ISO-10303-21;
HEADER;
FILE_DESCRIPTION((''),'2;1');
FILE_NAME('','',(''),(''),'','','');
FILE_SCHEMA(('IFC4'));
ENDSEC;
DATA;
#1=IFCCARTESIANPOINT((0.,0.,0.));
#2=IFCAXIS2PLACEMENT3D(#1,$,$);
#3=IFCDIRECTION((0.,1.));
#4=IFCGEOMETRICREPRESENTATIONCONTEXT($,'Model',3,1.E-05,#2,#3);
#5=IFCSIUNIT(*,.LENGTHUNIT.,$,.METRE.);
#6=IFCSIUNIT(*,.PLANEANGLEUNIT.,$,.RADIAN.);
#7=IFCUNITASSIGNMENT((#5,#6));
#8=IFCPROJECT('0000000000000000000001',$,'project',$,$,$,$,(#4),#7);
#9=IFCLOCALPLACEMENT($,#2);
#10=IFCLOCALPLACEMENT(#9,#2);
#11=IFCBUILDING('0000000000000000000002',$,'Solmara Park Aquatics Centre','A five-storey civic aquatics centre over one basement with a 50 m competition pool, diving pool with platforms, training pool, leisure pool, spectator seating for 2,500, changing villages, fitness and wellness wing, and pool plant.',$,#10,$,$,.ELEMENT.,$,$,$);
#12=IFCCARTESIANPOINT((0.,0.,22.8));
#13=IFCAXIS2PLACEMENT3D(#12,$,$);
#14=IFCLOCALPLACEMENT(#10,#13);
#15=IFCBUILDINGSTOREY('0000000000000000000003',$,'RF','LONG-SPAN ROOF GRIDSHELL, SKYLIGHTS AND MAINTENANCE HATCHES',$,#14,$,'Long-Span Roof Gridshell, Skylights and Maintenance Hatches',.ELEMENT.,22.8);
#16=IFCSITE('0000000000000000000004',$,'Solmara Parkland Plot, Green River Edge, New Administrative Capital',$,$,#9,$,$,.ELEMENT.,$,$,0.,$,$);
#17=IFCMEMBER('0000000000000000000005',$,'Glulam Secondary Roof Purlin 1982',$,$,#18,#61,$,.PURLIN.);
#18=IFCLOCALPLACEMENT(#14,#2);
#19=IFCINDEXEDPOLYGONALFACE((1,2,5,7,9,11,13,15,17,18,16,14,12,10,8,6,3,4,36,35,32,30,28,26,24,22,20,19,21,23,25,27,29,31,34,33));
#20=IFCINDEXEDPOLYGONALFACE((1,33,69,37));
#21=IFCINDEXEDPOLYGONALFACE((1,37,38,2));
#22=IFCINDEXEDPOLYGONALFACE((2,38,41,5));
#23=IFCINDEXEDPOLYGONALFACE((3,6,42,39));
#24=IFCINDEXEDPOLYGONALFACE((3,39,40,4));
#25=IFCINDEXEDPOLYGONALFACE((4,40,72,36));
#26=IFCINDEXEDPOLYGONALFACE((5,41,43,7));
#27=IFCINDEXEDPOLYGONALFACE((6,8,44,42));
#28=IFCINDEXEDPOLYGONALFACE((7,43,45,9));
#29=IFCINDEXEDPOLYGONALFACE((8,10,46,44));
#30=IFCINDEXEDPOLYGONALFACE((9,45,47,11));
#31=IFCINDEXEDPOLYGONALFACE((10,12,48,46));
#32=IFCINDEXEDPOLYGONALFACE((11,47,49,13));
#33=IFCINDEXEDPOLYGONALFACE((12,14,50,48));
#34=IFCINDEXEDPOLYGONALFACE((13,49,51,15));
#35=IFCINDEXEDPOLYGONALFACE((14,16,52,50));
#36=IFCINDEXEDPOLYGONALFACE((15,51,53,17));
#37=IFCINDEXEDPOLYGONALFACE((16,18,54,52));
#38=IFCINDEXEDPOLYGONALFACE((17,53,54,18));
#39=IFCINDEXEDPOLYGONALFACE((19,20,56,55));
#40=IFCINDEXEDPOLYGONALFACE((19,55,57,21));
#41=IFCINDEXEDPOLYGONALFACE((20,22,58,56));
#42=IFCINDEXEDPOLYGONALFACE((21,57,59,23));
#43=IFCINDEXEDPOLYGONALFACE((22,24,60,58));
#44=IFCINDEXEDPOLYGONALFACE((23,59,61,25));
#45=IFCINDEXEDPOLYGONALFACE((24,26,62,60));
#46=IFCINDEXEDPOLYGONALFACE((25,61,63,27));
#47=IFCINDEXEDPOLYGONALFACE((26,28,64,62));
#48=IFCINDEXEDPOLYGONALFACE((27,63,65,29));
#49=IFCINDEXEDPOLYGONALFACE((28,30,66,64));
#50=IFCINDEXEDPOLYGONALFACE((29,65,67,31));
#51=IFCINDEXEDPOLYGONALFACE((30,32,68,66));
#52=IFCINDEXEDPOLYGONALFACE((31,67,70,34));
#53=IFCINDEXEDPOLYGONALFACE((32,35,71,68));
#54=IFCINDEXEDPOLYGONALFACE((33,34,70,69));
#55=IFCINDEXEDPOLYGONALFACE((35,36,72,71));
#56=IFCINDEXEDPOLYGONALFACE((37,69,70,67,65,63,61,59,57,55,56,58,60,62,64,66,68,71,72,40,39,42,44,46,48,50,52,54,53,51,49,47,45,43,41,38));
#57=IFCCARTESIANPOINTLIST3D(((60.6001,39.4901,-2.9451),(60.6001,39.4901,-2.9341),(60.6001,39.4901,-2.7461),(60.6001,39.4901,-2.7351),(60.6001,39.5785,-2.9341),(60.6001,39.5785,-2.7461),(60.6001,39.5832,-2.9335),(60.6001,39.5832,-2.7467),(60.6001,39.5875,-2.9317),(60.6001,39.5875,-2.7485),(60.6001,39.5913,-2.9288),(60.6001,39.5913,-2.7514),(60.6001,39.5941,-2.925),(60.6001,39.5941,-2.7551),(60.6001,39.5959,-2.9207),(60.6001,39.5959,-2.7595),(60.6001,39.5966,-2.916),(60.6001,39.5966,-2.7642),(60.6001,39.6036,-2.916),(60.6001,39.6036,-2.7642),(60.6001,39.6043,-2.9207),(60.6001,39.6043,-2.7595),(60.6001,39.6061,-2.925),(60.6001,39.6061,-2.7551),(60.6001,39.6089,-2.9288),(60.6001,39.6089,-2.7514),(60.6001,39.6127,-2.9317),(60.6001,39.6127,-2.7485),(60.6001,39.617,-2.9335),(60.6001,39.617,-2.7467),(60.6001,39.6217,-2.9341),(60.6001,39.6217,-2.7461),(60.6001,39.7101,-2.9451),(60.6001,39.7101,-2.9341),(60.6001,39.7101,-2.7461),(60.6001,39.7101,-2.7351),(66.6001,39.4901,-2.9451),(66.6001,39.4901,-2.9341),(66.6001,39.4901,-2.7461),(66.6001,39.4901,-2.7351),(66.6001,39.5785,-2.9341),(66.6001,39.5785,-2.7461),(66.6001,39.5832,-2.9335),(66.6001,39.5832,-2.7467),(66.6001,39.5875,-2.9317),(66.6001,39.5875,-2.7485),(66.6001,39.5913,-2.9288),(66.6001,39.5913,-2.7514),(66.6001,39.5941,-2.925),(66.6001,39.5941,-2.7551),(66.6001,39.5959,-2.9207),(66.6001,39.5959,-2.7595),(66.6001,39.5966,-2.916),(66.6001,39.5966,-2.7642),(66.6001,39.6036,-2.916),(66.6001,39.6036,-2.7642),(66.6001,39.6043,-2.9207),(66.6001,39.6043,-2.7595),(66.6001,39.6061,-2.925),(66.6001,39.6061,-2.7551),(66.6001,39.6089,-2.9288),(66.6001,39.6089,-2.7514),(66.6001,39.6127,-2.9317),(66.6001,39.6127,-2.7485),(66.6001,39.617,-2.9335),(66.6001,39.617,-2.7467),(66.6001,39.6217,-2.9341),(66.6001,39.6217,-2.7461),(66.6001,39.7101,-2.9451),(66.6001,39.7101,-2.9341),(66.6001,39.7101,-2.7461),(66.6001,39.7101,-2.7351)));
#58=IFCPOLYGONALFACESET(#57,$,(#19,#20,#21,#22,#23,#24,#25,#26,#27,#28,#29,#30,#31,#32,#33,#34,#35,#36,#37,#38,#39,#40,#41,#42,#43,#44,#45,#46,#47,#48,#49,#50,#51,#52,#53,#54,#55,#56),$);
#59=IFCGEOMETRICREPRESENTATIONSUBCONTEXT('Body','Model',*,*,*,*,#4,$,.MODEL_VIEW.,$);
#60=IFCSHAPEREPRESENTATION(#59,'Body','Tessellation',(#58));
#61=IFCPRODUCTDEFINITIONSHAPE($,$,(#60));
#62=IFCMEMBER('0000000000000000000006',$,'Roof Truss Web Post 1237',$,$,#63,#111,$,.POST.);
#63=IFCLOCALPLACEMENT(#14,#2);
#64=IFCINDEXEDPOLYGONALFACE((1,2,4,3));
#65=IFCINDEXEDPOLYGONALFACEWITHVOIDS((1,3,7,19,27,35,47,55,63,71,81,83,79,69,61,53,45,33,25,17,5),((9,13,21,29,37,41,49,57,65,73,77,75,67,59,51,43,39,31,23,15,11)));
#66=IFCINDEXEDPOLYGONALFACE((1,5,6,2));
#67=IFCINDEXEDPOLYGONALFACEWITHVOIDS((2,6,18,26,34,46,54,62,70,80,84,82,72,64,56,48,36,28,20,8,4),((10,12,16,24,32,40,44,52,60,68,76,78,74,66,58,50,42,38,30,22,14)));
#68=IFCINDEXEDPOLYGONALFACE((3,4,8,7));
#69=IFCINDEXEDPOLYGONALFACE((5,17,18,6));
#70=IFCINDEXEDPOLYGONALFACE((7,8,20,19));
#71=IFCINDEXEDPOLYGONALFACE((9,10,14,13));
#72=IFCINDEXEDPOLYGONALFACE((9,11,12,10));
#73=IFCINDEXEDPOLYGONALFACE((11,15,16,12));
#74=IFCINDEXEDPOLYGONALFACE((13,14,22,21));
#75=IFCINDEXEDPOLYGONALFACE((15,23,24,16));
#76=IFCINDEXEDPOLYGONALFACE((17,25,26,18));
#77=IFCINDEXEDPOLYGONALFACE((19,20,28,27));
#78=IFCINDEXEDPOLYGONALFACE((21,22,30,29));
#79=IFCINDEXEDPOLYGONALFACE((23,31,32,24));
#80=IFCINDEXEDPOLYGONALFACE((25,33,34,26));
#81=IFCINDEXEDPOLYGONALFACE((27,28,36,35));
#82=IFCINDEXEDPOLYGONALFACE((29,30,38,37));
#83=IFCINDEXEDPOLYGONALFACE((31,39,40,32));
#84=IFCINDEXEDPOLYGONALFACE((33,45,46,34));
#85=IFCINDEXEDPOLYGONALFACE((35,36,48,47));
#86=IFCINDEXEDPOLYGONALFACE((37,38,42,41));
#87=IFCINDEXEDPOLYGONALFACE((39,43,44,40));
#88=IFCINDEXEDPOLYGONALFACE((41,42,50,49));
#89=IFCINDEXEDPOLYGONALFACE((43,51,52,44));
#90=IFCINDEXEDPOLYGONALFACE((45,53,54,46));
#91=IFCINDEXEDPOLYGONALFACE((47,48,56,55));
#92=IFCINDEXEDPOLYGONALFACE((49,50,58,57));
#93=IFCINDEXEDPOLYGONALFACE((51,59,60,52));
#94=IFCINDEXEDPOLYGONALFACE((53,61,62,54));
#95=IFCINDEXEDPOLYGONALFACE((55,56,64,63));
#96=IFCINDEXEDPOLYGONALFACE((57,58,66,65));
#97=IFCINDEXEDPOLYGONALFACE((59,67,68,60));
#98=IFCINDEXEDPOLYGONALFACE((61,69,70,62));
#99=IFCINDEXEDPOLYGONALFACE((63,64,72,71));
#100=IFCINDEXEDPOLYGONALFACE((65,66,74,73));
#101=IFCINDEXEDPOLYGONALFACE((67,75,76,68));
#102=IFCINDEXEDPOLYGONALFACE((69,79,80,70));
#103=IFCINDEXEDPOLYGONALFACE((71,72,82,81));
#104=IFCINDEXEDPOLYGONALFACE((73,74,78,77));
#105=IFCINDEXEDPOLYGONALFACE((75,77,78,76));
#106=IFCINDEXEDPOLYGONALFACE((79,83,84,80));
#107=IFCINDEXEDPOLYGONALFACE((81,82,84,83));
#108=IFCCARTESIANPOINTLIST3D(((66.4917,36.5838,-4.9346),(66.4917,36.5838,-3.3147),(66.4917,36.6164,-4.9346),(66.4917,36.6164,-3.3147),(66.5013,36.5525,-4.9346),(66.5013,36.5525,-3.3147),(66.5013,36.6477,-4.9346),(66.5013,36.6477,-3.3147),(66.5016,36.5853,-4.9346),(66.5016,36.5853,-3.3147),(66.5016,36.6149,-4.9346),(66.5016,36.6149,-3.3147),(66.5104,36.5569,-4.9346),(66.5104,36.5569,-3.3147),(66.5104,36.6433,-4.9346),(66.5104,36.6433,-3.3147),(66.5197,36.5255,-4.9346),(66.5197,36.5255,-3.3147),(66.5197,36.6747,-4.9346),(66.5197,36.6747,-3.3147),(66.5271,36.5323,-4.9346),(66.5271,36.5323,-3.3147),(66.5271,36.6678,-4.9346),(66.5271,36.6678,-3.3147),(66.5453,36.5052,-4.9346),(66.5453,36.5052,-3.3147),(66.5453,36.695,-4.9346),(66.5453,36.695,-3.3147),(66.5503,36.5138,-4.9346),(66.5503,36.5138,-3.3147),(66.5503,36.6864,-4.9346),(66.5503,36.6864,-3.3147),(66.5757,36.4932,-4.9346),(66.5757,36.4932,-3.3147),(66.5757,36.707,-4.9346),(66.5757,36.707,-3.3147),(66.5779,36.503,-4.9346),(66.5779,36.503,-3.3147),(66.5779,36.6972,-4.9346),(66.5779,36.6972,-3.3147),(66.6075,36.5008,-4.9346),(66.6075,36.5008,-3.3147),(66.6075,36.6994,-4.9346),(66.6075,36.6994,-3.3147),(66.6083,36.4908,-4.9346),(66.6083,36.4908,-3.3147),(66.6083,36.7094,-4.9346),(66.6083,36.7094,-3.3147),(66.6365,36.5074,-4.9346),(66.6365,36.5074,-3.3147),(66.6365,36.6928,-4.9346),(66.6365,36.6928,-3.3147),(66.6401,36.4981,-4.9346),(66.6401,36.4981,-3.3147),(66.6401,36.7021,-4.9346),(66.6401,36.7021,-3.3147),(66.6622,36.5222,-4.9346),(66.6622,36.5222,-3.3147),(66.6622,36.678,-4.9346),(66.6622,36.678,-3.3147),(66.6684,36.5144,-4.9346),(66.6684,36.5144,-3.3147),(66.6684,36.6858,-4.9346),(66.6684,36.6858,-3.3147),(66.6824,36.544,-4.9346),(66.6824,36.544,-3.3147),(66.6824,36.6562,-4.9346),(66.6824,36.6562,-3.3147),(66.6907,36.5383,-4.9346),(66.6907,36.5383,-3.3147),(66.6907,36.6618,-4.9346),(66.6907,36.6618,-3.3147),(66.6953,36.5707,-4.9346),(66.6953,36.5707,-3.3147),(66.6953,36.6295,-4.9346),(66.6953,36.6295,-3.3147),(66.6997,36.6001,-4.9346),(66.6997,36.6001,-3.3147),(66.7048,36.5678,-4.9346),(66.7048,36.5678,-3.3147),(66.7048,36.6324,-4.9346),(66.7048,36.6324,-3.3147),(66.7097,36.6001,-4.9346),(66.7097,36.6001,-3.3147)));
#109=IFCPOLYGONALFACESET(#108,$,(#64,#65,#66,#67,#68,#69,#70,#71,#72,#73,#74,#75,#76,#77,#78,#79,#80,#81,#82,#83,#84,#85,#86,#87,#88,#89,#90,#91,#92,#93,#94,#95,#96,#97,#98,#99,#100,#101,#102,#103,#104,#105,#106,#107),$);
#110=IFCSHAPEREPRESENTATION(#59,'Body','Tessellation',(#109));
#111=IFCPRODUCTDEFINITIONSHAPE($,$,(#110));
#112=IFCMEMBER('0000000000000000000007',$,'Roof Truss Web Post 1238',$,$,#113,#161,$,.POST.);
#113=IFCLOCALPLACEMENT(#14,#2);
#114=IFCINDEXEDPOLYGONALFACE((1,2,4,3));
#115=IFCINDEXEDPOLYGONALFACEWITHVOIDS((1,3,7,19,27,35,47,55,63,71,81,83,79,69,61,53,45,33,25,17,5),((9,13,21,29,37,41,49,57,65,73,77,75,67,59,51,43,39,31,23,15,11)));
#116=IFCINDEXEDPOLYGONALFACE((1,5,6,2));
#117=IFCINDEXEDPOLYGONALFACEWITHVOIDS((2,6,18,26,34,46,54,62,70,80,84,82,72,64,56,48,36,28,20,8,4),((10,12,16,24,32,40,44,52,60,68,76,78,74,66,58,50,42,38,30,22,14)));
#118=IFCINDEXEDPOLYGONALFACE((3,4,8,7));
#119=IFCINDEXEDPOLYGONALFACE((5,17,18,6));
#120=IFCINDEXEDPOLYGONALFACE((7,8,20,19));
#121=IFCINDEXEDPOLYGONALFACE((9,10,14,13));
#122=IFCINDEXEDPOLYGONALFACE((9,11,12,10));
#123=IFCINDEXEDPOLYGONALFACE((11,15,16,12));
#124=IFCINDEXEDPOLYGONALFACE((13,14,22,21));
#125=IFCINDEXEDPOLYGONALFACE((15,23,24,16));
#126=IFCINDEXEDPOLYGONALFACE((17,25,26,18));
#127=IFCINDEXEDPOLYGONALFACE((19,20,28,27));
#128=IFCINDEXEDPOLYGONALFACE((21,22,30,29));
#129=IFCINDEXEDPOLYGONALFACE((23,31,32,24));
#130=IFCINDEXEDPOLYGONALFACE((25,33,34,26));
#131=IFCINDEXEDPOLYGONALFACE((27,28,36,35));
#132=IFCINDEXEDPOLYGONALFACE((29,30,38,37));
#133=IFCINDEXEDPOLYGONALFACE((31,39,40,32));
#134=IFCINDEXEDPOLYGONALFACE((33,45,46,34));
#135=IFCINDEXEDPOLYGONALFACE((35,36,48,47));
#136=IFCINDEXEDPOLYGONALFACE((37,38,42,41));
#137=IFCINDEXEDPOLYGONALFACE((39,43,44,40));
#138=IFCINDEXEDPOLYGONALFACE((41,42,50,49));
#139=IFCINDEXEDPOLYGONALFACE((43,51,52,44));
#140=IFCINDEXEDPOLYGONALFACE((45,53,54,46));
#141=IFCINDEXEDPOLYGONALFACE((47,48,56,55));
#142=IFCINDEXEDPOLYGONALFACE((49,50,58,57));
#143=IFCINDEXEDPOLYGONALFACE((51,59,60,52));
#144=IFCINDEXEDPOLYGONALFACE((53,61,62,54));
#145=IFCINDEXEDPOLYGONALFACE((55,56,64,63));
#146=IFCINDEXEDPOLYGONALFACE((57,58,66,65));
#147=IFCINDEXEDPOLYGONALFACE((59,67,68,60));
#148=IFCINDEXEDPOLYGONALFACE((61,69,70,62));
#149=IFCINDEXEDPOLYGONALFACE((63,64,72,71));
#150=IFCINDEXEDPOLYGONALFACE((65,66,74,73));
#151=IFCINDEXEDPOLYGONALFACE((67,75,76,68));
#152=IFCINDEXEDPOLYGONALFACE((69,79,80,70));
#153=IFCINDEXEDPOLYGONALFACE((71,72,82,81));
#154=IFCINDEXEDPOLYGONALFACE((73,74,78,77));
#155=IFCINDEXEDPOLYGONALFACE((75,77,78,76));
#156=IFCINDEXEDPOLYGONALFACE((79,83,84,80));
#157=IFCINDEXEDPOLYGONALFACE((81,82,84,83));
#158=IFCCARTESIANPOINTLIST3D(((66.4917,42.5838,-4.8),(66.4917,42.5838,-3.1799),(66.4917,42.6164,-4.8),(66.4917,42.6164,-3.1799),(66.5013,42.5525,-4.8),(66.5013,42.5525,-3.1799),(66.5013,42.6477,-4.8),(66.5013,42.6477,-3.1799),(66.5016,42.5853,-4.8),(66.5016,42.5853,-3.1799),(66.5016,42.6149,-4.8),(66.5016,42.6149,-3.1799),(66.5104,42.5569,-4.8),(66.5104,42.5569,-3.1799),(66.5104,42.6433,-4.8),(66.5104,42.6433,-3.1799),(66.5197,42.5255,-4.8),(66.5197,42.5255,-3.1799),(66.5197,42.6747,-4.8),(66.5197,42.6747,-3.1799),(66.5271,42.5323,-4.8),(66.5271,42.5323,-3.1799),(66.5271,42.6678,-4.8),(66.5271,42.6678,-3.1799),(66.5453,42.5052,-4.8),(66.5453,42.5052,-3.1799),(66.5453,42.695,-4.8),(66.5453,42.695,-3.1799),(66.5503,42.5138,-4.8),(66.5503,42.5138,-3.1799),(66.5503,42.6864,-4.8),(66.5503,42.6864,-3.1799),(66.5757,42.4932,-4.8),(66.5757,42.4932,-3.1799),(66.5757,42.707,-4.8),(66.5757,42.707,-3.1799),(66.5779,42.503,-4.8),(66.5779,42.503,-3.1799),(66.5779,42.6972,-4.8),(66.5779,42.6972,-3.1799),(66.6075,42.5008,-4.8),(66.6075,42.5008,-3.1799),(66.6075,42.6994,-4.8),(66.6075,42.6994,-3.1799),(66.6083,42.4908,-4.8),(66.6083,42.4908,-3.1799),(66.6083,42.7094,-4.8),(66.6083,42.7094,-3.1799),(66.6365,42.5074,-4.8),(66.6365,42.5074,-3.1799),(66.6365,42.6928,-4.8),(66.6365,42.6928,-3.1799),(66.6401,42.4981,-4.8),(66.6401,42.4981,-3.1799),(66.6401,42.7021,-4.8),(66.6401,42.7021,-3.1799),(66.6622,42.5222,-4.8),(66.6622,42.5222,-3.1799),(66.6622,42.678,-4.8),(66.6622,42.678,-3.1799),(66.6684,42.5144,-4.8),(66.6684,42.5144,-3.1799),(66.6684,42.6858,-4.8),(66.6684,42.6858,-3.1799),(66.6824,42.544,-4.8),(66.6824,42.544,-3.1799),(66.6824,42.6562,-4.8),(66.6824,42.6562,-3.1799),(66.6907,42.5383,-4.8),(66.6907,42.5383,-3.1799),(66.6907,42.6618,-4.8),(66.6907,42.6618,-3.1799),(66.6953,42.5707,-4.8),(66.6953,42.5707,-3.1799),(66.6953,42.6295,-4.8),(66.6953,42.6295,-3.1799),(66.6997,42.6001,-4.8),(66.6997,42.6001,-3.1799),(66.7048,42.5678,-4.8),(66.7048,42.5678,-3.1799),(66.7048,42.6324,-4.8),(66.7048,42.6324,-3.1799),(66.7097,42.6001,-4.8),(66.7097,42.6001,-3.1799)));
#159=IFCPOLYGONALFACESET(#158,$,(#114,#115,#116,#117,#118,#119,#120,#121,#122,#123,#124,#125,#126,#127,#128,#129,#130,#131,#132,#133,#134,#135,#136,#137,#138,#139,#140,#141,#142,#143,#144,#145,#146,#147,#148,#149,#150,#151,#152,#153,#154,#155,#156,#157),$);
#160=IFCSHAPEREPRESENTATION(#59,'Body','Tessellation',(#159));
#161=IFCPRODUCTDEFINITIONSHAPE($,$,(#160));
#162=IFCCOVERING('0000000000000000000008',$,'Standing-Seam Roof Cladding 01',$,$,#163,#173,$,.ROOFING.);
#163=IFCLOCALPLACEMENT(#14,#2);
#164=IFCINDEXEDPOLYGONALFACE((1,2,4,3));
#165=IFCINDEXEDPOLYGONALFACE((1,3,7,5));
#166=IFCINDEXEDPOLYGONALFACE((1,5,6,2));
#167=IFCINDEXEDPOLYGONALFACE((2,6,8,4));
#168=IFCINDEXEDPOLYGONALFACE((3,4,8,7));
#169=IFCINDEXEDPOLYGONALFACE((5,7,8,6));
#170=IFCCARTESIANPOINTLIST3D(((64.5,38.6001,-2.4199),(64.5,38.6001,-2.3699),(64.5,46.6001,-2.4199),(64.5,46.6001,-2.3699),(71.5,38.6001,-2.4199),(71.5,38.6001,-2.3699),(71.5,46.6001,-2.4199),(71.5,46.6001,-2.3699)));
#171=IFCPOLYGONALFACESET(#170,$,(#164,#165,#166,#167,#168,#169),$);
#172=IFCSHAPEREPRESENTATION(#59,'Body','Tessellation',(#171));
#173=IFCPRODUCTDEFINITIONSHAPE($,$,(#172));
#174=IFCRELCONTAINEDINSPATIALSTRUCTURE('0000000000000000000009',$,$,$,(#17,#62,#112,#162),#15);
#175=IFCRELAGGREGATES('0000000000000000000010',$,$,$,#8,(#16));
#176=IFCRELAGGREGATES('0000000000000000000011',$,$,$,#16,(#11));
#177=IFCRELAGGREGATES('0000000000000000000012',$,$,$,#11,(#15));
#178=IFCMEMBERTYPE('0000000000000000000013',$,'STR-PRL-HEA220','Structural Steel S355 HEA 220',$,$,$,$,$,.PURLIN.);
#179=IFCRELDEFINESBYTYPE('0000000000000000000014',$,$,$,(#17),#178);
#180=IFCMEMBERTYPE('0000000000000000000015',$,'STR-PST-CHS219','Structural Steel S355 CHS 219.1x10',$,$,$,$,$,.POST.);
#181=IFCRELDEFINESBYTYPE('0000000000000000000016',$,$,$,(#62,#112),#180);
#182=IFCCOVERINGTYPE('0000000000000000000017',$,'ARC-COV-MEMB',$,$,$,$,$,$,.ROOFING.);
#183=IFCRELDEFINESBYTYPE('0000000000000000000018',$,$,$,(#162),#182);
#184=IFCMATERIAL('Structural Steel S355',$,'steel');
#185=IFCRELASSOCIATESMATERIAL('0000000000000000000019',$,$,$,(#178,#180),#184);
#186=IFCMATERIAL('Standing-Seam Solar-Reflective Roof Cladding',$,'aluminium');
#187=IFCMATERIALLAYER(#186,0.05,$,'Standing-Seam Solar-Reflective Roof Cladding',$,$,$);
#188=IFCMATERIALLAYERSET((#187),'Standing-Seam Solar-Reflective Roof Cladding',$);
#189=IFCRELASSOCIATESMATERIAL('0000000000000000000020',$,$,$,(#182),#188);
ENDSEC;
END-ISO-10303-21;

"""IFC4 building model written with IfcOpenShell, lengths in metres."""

from ifc_helpers import new_model, si_unit, direction, frame, origin, origin_2d, place, context, subcontext, project, spatial, rectangle, hollow_circle, i_section, extrude, material, layer, layer_set, material_profile, profile_set, type_object, element, save


model = new_model("IFC4")

# Units and contexts
model_context = context("Model", 3, precision=1e-05, world=origin(), true_north=direction((0.0, 1.0)))
body_context = subcontext(model_context, "Body", "Model", "MODEL_VIEW")
ifc_project = project(units=[si_unit("LENGTHUNIT", "METRE"), si_unit("PLANEANGLEUNIT", "RADIAN")], contexts=[model_context])

# Site, building, storey
site_placement = place(None, origin())
site = spatial("IfcSite", under=ifc_project, at=site_placement, Name="Solmara Parkland Plot, Green River Edge, New Administrative Capital", CompositionType="ELEMENT", RefElevation=0.0)
building_placement = place(site_placement, origin())
building = spatial("IfcBuilding", under=site, at=building_placement, Name="Solmara Park Aquatics Centre", Description="A five-storey civic aquatics centre over one basement with a 50 m competition pool, diving pool with platforms, training pool, leisure pool, spectator seating for 2,500, changing villages, fitness and wellness wing, and pool plant.", CompositionType="ELEMENT")
storey_placement = place(building_placement, frame((0.0, 0.0, 22.8)))
storey = spatial("IfcBuildingStorey", under=building, at=storey_placement, Name="RF", Description="LONG-SPAN ROOF GRIDSHELL, SKYLIGHTS AND MAINTENANCE HATCHES", LongName="Long-Span Roof Gridshell, Skylights and Maintenance Hatches", CompositionType="ELEMENT", Elevation=22.8)

# Members
ifc_material_1 = material(Name="Structural Steel S355", Category="steel")
ifc_material_profile_1 = material_profile(ifc_material_1, i_section(OverallWidth=0.22, OverallDepth=0.21, WebThickness=0.0071, FlangeThickness=0.011, FilletRadius=0.0181, at=origin_2d()), Name="HEA 220")
ifc_profile_set_1 = profile_set([ifc_material_profile_1], Name="Structural Steel S355")
member_type_1 = type_object("IfcMemberType", Name="STR-PRL-HEA220", Description="Structural Steel S355 HEA 220", PredefinedType="PURLIN", material=ifc_profile_set_1)
member_1_placement = place(storey_placement, frame((60.6001, 39.6001, -2.8401), z_axis=(1.0, 0.0, 0.0), x_axis=(0.0, 1.0, 0.0)))
element("IfcMember", 1, at=member_1_placement, inside=storey, type_object=member_type_1, Name="Glulam Secondary Roof Purlin 1982", PredefinedType="PURLIN", context=body_context, shape_type="SweptSolid", body=[
    extrude(i_section(OverallWidth=0.22, OverallDepth=0.21, WebThickness=0.0071, FlangeThickness=0.011, FilletRadius=0.0181, at=origin_2d()), origin(), (0.0, 0.0, 1.0), 6.0),
])
ifc_material_profile_2 = material_profile(ifc_material_1, hollow_circle(Radius=0.1096, WallThickness=0.01, at=origin_2d()), Name="CHS 219.1x10")
ifc_profile_set_2 = profile_set([ifc_material_profile_2], Name="Structural Steel S355")
member_type_2 = type_object("IfcMemberType", Name="STR-PST-CHS219", Description="Structural Steel S355 CHS 219.1x10", PredefinedType="POST", material=ifc_profile_set_2)
member_2_placement = place(storey_placement, frame((66.6001, 36.6001, -4.9346), z_axis=(0.0, 0.0, 1.0), x_axis=(1.0, 0.0, 0.0)))
element("IfcMember", 2, at=member_2_placement, inside=storey, type_object=member_type_2, Name="Roof Truss Web Post 1237", PredefinedType="POST", context=body_context, shape_type="SweptSolid", body=[
    extrude(hollow_circle(Radius=0.1096, WallThickness=0.01, at=origin_2d()), origin(), (0.0, 0.0, 1.0), 1.6199),
])
member_3_placement = place(storey_placement, frame((66.6001, 42.6001, -4.8), z_axis=(0.0, 0.0, 1.0), x_axis=(1.0, 0.0, 0.0)))
element("IfcMember", 3, at=member_3_placement, inside=storey, type_object=member_type_2, Name="Roof Truss Web Post 1238", PredefinedType="POST", context=body_context, shape_type="SweptSolid", body=[
    extrude(hollow_circle(Radius=0.1096, WallThickness=0.01, at=origin_2d()), origin(), (0.0, 0.0, 1.0), 1.6201),
])

# Covering
ifc_material_2 = material(Name="Standing-Seam Solar-Reflective Roof Cladding", Category="aluminium")
ifc_layer = layer(ifc_material_2, 0.05, Name="Standing-Seam Solar-Reflective Roof Cladding")
ifc_layer_set = layer_set([ifc_layer], Name="Standing-Seam Solar-Reflective Roof Cladding")
covering_type = type_object("IfcCoveringType", Name="ARC-COV-MEMB", PredefinedType="ROOFING", material=ifc_layer_set)
covering_placement = place(storey_placement, frame((68.0, 42.6001, -2.4199), z_axis=(0.0, 0.0, 1.0), x_axis=(1.0, 0.0, 0.0)))
element("IfcCovering", 4, at=covering_placement, inside=storey, type_object=covering_type, Name="Standing-Seam Roof Cladding 01", PredefinedType="ROOFING", context=body_context, shape_type="SweptSolid", body=[
    extrude(rectangle(XDim=7.0, YDim=8.0, at=origin_2d()), origin(), (0.0, 0.0, 1.0), 0.05),
])

save(model, "model.ifc")
